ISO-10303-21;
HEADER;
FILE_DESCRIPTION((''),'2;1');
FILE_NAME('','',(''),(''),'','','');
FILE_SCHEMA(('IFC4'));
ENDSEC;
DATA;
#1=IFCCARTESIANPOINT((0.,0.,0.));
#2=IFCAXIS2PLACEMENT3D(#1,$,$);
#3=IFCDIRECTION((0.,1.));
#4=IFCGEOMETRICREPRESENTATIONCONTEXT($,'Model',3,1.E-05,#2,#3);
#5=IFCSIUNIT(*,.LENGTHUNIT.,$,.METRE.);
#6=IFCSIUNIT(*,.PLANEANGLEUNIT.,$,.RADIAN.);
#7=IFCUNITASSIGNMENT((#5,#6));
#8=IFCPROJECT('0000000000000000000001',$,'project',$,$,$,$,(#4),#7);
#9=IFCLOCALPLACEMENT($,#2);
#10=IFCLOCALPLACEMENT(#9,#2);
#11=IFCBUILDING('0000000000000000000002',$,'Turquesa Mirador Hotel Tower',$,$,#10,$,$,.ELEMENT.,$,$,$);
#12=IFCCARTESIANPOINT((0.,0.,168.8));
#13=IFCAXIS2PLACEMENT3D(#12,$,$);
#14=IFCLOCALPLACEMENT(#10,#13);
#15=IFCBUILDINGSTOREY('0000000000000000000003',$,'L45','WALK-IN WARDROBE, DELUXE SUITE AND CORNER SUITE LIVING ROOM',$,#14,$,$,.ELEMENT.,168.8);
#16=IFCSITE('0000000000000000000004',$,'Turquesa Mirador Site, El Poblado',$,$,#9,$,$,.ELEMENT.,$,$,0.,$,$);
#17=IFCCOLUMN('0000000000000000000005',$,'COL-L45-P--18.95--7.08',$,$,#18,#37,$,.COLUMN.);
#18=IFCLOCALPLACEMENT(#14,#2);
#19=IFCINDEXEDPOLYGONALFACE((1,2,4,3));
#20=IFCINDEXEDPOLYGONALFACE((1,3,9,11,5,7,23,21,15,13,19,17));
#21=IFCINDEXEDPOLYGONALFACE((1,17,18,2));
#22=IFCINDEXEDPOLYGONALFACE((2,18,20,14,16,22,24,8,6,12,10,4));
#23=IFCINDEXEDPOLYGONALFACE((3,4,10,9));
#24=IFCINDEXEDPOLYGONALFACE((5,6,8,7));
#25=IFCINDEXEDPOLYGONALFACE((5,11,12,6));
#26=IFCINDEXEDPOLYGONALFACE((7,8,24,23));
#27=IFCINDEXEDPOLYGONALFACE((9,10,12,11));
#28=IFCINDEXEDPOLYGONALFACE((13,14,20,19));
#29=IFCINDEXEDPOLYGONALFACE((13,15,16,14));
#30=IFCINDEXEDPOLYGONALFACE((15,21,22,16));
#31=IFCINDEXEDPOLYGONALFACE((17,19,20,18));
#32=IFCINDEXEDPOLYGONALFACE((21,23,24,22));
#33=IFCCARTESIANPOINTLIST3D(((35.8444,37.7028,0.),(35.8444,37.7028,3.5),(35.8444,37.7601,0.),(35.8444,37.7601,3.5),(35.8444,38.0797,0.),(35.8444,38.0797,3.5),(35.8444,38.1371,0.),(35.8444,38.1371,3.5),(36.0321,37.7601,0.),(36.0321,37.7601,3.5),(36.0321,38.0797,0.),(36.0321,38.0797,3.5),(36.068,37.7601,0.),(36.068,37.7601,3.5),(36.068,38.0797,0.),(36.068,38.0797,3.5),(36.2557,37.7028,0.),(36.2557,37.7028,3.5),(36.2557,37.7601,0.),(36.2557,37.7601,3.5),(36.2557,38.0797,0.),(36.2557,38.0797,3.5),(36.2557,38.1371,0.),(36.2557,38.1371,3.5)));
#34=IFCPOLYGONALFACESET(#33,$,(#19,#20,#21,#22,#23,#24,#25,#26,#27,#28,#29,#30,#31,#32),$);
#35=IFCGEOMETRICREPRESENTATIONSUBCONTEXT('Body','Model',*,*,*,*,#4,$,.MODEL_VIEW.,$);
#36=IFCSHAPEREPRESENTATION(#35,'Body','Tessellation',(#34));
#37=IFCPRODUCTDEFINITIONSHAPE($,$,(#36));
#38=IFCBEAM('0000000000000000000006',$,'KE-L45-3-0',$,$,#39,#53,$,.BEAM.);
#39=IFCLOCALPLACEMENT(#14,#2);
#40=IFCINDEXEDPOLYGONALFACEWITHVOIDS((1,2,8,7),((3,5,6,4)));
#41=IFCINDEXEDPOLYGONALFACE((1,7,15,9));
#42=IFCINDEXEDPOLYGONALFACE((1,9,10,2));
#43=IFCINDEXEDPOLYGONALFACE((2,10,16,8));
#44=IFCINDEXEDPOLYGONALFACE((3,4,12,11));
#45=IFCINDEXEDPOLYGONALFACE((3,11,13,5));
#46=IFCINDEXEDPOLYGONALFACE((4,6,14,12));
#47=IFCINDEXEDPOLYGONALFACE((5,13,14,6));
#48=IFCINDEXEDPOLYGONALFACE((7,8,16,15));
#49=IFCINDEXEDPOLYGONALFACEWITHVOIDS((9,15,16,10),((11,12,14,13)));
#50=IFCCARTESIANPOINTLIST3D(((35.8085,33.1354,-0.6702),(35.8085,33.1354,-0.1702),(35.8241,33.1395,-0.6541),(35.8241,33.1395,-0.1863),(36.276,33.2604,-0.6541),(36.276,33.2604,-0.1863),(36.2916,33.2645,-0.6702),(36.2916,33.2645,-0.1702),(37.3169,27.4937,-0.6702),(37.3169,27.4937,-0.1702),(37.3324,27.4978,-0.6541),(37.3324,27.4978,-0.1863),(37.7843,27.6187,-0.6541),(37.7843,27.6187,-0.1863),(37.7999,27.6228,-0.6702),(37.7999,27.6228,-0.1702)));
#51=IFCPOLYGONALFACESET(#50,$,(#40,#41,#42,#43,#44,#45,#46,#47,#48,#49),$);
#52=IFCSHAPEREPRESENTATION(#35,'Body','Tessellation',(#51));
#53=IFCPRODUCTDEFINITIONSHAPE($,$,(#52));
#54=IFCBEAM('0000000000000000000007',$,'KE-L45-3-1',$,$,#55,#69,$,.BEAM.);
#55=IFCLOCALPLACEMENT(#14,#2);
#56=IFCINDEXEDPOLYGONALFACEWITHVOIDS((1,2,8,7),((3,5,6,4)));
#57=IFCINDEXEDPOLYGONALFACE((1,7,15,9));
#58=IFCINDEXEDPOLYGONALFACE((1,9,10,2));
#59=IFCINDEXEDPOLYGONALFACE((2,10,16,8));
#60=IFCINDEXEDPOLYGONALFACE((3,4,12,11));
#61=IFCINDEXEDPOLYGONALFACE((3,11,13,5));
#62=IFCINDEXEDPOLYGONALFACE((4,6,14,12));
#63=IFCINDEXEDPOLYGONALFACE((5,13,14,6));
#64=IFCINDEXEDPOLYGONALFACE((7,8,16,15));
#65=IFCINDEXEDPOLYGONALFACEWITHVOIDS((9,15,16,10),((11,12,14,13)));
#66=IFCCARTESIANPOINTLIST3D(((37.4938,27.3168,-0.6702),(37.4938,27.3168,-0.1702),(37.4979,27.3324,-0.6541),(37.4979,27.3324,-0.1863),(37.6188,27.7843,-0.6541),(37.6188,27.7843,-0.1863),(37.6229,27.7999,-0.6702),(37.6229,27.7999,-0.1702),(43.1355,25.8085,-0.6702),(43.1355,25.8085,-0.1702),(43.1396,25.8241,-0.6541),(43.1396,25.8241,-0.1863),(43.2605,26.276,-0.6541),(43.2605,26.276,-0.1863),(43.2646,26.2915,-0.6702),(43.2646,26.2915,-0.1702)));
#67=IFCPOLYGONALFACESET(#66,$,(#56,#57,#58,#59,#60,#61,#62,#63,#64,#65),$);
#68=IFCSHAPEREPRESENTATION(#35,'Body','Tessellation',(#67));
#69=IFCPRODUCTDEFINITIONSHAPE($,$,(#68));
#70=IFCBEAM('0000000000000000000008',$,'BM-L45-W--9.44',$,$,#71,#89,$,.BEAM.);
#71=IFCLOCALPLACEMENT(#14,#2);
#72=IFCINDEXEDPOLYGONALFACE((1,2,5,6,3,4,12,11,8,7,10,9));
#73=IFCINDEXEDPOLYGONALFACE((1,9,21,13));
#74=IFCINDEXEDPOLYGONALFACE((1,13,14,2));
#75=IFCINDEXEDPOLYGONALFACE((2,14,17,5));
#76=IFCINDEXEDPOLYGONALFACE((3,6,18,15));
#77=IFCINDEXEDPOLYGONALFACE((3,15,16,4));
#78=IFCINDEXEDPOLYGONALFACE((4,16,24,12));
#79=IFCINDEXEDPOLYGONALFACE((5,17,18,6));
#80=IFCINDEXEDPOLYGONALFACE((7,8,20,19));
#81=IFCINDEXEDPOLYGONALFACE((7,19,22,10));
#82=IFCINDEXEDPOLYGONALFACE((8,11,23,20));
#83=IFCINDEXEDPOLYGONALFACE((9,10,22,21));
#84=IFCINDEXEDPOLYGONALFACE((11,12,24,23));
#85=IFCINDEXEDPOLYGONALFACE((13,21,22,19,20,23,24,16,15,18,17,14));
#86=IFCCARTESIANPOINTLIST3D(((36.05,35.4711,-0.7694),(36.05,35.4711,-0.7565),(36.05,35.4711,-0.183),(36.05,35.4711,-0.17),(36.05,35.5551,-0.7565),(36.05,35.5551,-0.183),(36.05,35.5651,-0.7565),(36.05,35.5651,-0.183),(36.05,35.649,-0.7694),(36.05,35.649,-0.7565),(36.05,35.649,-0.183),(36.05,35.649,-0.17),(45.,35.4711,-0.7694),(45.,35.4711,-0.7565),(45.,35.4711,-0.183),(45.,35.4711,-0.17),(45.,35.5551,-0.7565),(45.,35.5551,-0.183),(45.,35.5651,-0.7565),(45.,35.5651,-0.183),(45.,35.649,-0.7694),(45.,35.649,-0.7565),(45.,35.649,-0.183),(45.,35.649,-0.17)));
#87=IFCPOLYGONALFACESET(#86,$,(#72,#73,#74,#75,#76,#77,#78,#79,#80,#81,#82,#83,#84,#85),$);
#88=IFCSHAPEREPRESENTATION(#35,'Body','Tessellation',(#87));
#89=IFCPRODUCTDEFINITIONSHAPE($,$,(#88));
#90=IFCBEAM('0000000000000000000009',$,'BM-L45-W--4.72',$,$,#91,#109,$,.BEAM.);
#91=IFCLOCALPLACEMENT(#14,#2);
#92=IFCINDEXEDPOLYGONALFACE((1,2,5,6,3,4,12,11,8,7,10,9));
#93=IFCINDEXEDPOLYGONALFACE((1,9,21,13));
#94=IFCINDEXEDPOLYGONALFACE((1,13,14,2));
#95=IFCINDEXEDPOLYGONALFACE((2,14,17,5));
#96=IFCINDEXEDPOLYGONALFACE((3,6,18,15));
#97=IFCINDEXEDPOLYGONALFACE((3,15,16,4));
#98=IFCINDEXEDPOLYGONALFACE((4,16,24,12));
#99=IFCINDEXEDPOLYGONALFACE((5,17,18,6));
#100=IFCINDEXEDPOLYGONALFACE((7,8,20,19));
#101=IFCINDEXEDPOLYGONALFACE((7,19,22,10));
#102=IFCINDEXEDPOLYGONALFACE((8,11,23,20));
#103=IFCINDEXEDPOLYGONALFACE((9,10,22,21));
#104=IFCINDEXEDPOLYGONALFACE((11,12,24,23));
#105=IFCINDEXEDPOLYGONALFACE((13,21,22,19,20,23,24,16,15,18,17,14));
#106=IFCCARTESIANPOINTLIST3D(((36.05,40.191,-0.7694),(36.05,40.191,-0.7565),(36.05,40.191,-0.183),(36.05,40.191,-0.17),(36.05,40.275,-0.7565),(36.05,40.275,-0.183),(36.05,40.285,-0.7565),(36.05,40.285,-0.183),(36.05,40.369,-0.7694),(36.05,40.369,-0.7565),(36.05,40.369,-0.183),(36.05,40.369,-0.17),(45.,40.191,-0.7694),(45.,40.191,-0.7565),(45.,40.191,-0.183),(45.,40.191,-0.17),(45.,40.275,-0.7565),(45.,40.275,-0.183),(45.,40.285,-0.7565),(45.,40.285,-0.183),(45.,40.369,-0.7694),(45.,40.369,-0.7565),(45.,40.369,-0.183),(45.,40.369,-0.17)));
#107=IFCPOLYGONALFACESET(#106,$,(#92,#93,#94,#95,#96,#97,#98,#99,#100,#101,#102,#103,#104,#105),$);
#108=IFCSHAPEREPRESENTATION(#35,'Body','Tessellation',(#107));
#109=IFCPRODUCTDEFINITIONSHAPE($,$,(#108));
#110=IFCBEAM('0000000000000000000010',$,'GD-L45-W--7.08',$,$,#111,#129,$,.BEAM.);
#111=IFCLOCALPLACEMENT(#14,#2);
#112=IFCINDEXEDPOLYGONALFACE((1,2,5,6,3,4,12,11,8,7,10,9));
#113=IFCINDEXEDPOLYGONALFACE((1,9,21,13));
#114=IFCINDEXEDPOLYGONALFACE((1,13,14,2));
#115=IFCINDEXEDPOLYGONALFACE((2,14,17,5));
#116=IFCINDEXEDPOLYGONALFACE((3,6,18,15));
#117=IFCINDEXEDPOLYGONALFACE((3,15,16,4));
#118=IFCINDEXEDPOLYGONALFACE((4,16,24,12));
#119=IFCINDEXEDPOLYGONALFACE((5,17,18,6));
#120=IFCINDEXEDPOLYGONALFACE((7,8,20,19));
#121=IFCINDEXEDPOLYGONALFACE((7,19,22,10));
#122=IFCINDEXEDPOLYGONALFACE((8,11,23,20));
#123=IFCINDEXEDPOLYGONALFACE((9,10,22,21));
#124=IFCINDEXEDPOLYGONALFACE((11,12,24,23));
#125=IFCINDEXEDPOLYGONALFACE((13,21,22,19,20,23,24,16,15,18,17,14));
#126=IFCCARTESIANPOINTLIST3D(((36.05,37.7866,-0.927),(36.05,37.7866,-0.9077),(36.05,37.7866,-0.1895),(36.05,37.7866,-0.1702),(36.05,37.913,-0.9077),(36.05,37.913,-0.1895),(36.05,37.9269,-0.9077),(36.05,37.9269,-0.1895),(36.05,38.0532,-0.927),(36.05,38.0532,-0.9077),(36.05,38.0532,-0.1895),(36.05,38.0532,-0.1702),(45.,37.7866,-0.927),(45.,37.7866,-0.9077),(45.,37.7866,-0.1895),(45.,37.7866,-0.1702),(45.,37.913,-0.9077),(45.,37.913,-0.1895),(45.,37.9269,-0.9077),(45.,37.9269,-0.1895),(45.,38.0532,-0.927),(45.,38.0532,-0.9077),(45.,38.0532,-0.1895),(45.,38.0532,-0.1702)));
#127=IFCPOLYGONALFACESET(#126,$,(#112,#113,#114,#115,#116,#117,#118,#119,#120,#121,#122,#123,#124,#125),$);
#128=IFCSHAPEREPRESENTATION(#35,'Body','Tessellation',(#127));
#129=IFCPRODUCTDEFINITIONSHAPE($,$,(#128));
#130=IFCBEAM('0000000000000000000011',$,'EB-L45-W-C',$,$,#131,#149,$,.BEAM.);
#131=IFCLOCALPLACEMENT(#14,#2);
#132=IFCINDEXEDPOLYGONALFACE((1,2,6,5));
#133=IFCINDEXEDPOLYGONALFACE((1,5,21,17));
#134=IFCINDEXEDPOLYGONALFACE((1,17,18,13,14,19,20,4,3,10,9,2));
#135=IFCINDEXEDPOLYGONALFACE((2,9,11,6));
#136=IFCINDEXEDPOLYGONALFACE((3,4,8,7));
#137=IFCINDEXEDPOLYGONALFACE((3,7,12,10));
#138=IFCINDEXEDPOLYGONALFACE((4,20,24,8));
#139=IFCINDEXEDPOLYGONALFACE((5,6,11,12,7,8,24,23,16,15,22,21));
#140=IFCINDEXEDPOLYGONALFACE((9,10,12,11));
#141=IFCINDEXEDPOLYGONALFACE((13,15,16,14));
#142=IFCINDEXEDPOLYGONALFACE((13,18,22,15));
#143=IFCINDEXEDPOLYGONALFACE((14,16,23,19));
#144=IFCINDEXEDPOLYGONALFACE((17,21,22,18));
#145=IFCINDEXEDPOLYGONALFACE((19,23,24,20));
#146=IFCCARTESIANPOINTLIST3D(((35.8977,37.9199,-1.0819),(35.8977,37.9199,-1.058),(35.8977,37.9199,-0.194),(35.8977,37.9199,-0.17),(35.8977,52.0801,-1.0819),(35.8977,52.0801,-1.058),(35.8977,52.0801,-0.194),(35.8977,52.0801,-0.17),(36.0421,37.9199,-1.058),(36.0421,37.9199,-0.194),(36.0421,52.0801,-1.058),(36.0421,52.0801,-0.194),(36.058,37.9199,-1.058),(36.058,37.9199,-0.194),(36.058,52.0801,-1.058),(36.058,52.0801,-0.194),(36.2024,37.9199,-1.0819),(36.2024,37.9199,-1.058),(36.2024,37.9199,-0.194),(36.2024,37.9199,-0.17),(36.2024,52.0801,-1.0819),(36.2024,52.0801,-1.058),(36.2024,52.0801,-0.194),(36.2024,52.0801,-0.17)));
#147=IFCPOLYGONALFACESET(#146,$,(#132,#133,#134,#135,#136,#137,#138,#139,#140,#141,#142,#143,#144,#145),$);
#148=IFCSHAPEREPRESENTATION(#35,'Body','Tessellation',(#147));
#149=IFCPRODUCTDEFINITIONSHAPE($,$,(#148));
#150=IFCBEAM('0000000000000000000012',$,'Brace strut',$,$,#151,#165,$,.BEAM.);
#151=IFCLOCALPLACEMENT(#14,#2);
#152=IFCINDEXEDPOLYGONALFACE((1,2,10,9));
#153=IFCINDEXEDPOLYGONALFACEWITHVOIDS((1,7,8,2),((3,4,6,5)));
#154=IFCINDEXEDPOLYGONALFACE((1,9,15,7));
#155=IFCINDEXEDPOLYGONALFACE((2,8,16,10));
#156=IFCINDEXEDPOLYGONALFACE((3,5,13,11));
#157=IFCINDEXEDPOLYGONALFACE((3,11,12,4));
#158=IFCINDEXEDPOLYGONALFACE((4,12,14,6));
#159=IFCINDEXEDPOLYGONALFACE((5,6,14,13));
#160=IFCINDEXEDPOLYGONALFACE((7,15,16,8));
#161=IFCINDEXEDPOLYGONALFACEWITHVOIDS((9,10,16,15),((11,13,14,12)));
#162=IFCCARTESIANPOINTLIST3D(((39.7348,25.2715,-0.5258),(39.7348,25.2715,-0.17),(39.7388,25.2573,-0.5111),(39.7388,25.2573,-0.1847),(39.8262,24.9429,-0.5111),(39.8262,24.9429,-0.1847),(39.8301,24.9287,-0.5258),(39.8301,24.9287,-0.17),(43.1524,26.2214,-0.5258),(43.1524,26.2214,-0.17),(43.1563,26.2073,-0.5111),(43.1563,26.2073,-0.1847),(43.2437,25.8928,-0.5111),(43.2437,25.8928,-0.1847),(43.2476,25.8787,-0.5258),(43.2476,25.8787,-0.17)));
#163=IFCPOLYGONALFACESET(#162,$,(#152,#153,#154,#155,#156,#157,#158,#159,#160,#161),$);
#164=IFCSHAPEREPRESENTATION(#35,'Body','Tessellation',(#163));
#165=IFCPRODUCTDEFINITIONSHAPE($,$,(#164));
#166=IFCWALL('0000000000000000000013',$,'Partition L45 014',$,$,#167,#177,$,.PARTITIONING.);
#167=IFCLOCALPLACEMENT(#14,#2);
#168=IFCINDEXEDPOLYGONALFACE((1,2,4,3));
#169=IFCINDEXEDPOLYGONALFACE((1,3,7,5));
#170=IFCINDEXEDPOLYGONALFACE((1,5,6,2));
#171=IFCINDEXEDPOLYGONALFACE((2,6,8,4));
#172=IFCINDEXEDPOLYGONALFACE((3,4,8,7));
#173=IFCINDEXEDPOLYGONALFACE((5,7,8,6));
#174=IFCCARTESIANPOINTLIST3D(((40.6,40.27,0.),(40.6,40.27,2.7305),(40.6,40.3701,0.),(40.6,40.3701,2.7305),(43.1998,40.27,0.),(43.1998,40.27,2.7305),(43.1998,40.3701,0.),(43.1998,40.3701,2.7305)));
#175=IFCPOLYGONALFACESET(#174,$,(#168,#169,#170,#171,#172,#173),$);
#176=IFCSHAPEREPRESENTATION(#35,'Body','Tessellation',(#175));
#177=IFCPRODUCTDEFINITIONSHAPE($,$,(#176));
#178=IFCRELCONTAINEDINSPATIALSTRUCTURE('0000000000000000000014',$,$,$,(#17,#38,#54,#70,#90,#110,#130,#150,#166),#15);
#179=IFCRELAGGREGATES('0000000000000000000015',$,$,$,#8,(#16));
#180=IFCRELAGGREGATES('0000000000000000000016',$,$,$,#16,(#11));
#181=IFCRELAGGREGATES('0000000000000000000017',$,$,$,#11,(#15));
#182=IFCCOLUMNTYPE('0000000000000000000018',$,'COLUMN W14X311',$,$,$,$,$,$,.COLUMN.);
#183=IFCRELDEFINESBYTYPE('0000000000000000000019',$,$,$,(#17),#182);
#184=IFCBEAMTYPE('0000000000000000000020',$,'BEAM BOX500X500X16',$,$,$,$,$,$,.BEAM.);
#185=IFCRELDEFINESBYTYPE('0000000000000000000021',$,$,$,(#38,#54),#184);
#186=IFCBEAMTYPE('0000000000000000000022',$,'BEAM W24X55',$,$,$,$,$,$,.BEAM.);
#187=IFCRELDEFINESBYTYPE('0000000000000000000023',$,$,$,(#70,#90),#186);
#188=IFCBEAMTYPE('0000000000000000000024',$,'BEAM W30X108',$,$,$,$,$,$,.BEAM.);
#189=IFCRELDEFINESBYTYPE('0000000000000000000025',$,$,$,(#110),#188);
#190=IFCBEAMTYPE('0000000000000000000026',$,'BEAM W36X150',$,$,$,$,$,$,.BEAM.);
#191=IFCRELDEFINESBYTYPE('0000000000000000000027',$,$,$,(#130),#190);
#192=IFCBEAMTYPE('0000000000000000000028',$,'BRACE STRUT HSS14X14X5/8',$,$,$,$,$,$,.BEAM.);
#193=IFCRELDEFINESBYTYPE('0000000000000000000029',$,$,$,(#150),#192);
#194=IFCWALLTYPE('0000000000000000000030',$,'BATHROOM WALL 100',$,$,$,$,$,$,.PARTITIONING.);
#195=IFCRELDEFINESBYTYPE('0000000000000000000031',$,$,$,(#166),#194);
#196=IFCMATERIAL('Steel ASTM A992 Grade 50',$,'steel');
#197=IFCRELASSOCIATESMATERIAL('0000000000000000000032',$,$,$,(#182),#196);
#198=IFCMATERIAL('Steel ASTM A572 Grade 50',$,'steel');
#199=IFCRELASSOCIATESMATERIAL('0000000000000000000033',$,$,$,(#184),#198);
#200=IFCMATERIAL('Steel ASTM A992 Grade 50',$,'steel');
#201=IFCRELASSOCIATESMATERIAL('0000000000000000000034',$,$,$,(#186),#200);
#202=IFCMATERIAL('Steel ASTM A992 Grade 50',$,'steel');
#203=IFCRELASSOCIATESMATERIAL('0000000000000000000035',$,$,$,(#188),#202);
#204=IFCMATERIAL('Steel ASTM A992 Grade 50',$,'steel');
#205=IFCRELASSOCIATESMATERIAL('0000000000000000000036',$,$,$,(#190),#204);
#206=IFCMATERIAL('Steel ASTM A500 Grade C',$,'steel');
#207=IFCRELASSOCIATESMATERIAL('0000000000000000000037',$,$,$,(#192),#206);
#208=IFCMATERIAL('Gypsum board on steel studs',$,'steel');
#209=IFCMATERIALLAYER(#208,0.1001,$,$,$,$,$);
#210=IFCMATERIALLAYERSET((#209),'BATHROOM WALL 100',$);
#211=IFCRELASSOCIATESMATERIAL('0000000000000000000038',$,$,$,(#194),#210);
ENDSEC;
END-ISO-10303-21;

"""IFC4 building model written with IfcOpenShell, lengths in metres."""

from ifc_helpers import new_model, si_unit, direction, frame, frame_2d, origin, origin_2d, place, context, subcontext, project, spatial, rectangle, hollow_rectangle, i_section, extrude, material, layer, layer_set, material_profile, profile_set, type_object, element, save


model = new_model("IFC4")

# Units and contexts
model_context = context("Model", 3, precision=1e-05, world=origin(), true_north=direction((0.0, 1.0)))
body_context = subcontext(model_context, "Body", "Model", "MODEL_VIEW")
ifc_project = project(units=[si_unit("LENGTHUNIT", "METRE"), si_unit("PLANEANGLEUNIT", "RADIAN")], contexts=[model_context])

# Site, building, storey
site_placement = place(None, origin())
site = spatial("IfcSite", under=ifc_project, at=site_placement, Name="Turquesa Mirador Site, El Poblado", CompositionType="ELEMENT", RefElevation=0.0)
building_placement = place(site_placement, origin())
building = spatial("IfcBuilding", under=site, at=building_placement, Name="Turquesa Mirador Hotel Tower", CompositionType="ELEMENT")
storey_placement = place(building_placement, frame((0.0, 0.0, 168.8)))
storey = spatial("IfcBuildingStorey", under=building, at=storey_placement, Name="L45", Description="WALK-IN WARDROBE, DELUXE SUITE AND CORNER SUITE LIVING ROOM", CompositionType="ELEMENT", Elevation=168.8)

# Column
ifc_material_1 = material(Name="Steel ASTM A992 Grade 50", Category="steel")
ifc_material_profile_1 = material_profile(ifc_material_1, i_section(OverallWidth=0.4114, OverallDepth=0.4343, WebThickness=0.0359, FlangeThickness=0.0574, at=origin_2d()), Name="W14X311")
ifc_profile_set_1 = profile_set([ifc_material_profile_1], Name="Steel ASTM A992 Grade 50")
column_type = type_object("IfcColumnType", Name="COLUMN W14X311", PredefinedType="COLUMN", material=ifc_profile_set_1)
column_placement = place(storey_placement, frame((36.05, 37.9199, 0.0), z_axis=(0.0, 0.0, 1.0), x_axis=(1.0, 0.0, 0.0)))
element("IfcColumn", 1, at=column_placement, inside=storey, type_object=column_type, Name="COL-L45-P--18.95--7.08", PredefinedType="COLUMN", context=body_context, shape_type="SweptSolid", body=[
    extrude(i_section(OverallWidth=0.4114, OverallDepth=0.4343, WebThickness=0.0359, FlangeThickness=0.0574, at=origin_2d()), origin(), (0.0, 0.0, 1.0), 3.5),
])

# Beams
ifc_material_2 = material(Name="Steel ASTM A572 Grade 50", Category="steel")
ifc_material_profile_2 = material_profile(ifc_material_2, hollow_rectangle(XDim=0.5, YDim=0.5, WallThickness=0.0161, at=origin_2d()), Name="BOX500X500X16")
ifc_profile_set_2 = profile_set([ifc_material_profile_2], Name="Steel ASTM A572 Grade 50")
beam_type_1 = type_object("IfcBeamType", Name="BEAM BOX500X500X16", PredefinedType="BEAM", material=ifc_profile_set_2)
for number, where, z_axis, x_axis, name in (
    (2, (36.05, 33.2, -0.4202), (0.258282, -0.96607, 0.0), (0.96607, 0.258282, 0.0), "KE-L45-3-0"),
    (3, (37.5583, 27.5583, -0.4202), (0.96607, -0.258282, 0.0), (0.258282, 0.96607, 0.0), "KE-L45-3-1"),
):
    element("IfcBeam", number, at=place(storey_placement, frame(where, z_axis=z_axis, x_axis=x_axis)), inside=storey, type_object=beam_type_1, Name=name, PredefinedType="BEAM", context=body_context, shape_type="SweptSolid", body=[
        extrude(hollow_rectangle(XDim=0.5, YDim=0.5, WallThickness=0.0161, at=origin_2d()), origin(), (0.0, 0.0, 1.0), 5.8398),
    ])
ifc_material_3 = material(Name="Steel ASTM A992 Grade 50", Category="steel")
ifc_material_profile_3 = material_profile(ifc_material_3, i_section(OverallWidth=0.178, OverallDepth=0.5994, WebThickness=0.01, FlangeThickness=0.0129, at=origin_2d()), Name="W24X55")
ifc_profile_set_3 = profile_set([ifc_material_profile_3], Name="Steel ASTM A992 Grade 50")
beam_type_2 = type_object("IfcBeamType", Name="BEAM W24X55", PredefinedType="BEAM", material=ifc_profile_set_3)
for number, where, z_axis, x_axis, name in (
    (4, (36.05, 35.5601, -0.4697), (1.0, 0.0, 0.0), (0.0, 1.0, 0.0), "BM-L45-W--9.44"),
    (5, (36.05, 40.28, -0.4697), (1.0, 0.0, 0.0), (0.0, 1.0, 0.0), "BM-L45-W--4.72"),
):
    element("IfcBeam", number, at=place(storey_placement, frame(where, z_axis=z_axis, x_axis=x_axis)), inside=storey, type_object=beam_type_2, Name=name, PredefinedType="BEAM", context=body_context, shape_type="SweptSolid", body=[
        extrude(i_section(OverallWidth=0.178, OverallDepth=0.5994, WebThickness=0.01, FlangeThickness=0.0129, at=origin_2d()), origin(), (0.0, 0.0, 1.0), 8.95),
    ])
ifc_material_4 = material(Name="Steel ASTM A992 Grade 50", Category="steel")
ifc_material_profile_4 = material_profile(ifc_material_4, i_section(OverallWidth=0.2666, OverallDepth=0.7568, WebThickness=0.0139, FlangeThickness=0.0193, at=origin_2d()), Name="W30X108")
ifc_profile_set_4 = profile_set([ifc_material_profile_4], Name="Steel ASTM A992 Grade 50")
beam_type_3 = type_object("IfcBeamType", Name="BEAM W30X108", PredefinedType="BEAM", material=ifc_profile_set_4)
beam_1_placement = place(storey_placement, frame((36.05, 37.9199, -0.5486), z_axis=(1.0, 0.0, 0.0), x_axis=(0.0, 1.0, 0.0)))
element("IfcBeam", 6, at=beam_1_placement, inside=storey, type_object=beam_type_3, Name="GD-L45-W--7.08", PredefinedType="BEAM", context=body_context, shape_type="SweptSolid", body=[
    extrude(i_section(OverallWidth=0.2666, OverallDepth=0.7568, WebThickness=0.0139, FlangeThickness=0.0193, at=origin_2d()), origin(), (0.0, 0.0, 1.0), 8.95),
])
ifc_material_5 = material(Name="Steel ASTM A992 Grade 50", Category="steel")
ifc_material_profile_5 = material_profile(ifc_material_5, i_section(OverallWidth=0.3047, OverallDepth=0.9119, WebThickness=0.0159, FlangeThickness=0.0239, at=origin_2d()), Name="W36X150")
ifc_profile_set_5 = profile_set([ifc_material_profile_5], Name="Steel ASTM A992 Grade 50")
beam_type_4 = type_object("IfcBeamType", Name="BEAM W36X150", PredefinedType="BEAM", material=ifc_profile_set_5)
beam_2_placement = place(storey_placement, frame((36.05, 37.9199, -0.626), z_axis=(0.0, 1.0, 0.0), x_axis=(-1.0, 0.0, 0.0)))
element("IfcBeam", 7, at=beam_2_placement, inside=storey, type_object=beam_type_4, Name="EB-L45-W-C", PredefinedType="BEAM", context=body_context, shape_type="SweptSolid", body=[
    extrude(i_section(OverallWidth=0.3047, OverallDepth=0.9119, WebThickness=0.0159, FlangeThickness=0.0239, at=origin_2d()), origin(), (0.0, 0.0, 1.0), 14.1602),
])
ifc_material_6 = material(Name="Steel ASTM A500 Grade C", Category="steel")
ifc_material_profile_6 = material_profile(ifc_material_6, hollow_rectangle(XDim=0.3557, YDim=0.3557, WallThickness=0.0146, at=origin_2d()), Name="HSS14X14X5/8")
ifc_profile_set_6 = profile_set([ifc_material_profile_6], Name="Steel ASTM A500 Grade C")
beam_type_5 = type_object("IfcBeamType", Name="BRACE STRUT HSS14X14X5/8", PredefinedType="BEAM", material=ifc_profile_set_6)
beam_3_placement = place(storey_placement, frame((39.7825, 25.1001, -0.3479), z_axis=(0.963471, 0.267814, 0.0), x_axis=(-0.267814, 0.963471, 0.0)))
element("IfcBeam", 8, at=beam_3_placement, inside=storey, type_object=beam_type_5, Name="Brace strut", PredefinedType="BEAM", context=body_context, shape_type="SweptSolid", body=[
    extrude(hollow_rectangle(XDim=0.3557, YDim=0.3557, WallThickness=0.0146, at=origin_2d()), origin(), (0.0, 0.0, 1.0), 3.5471),
])

# Wall
ifc_material_7 = material(Name="Gypsum board on steel studs", Category="steel")
ifc_layer_1 = layer(ifc_material_7, 0.1001)
ifc_layer_set_1 = layer_set([ifc_layer_1], Name="BATHROOM WALL 100")
wall_type_1 = type_object("IfcWallType", Name="BATHROOM WALL 100", PredefinedType="PARTITIONING", material=ifc_layer_set_1)
wall_1_placement = place(storey_placement, frame((40.6001, 40.3201, 0.0), z_axis=(0.0, 0.0, 1.0), x_axis=(1.0, 0.0, 0.0)))
element("IfcWall", 9, at=wall_1_placement, inside=storey, type_object=wall_type_1, Name="Partition L45 014", PredefinedType="PARTITIONING", context=body_context, shape_type="SweptSolid", body=[
    extrude(rectangle(XDim=2.5999, YDim=0.1001, at=frame_2d((1.2998, 0.0))), origin(), (0.0, 0.0, 1.0), 2.7305),
])

save(model, "model.ifc")
